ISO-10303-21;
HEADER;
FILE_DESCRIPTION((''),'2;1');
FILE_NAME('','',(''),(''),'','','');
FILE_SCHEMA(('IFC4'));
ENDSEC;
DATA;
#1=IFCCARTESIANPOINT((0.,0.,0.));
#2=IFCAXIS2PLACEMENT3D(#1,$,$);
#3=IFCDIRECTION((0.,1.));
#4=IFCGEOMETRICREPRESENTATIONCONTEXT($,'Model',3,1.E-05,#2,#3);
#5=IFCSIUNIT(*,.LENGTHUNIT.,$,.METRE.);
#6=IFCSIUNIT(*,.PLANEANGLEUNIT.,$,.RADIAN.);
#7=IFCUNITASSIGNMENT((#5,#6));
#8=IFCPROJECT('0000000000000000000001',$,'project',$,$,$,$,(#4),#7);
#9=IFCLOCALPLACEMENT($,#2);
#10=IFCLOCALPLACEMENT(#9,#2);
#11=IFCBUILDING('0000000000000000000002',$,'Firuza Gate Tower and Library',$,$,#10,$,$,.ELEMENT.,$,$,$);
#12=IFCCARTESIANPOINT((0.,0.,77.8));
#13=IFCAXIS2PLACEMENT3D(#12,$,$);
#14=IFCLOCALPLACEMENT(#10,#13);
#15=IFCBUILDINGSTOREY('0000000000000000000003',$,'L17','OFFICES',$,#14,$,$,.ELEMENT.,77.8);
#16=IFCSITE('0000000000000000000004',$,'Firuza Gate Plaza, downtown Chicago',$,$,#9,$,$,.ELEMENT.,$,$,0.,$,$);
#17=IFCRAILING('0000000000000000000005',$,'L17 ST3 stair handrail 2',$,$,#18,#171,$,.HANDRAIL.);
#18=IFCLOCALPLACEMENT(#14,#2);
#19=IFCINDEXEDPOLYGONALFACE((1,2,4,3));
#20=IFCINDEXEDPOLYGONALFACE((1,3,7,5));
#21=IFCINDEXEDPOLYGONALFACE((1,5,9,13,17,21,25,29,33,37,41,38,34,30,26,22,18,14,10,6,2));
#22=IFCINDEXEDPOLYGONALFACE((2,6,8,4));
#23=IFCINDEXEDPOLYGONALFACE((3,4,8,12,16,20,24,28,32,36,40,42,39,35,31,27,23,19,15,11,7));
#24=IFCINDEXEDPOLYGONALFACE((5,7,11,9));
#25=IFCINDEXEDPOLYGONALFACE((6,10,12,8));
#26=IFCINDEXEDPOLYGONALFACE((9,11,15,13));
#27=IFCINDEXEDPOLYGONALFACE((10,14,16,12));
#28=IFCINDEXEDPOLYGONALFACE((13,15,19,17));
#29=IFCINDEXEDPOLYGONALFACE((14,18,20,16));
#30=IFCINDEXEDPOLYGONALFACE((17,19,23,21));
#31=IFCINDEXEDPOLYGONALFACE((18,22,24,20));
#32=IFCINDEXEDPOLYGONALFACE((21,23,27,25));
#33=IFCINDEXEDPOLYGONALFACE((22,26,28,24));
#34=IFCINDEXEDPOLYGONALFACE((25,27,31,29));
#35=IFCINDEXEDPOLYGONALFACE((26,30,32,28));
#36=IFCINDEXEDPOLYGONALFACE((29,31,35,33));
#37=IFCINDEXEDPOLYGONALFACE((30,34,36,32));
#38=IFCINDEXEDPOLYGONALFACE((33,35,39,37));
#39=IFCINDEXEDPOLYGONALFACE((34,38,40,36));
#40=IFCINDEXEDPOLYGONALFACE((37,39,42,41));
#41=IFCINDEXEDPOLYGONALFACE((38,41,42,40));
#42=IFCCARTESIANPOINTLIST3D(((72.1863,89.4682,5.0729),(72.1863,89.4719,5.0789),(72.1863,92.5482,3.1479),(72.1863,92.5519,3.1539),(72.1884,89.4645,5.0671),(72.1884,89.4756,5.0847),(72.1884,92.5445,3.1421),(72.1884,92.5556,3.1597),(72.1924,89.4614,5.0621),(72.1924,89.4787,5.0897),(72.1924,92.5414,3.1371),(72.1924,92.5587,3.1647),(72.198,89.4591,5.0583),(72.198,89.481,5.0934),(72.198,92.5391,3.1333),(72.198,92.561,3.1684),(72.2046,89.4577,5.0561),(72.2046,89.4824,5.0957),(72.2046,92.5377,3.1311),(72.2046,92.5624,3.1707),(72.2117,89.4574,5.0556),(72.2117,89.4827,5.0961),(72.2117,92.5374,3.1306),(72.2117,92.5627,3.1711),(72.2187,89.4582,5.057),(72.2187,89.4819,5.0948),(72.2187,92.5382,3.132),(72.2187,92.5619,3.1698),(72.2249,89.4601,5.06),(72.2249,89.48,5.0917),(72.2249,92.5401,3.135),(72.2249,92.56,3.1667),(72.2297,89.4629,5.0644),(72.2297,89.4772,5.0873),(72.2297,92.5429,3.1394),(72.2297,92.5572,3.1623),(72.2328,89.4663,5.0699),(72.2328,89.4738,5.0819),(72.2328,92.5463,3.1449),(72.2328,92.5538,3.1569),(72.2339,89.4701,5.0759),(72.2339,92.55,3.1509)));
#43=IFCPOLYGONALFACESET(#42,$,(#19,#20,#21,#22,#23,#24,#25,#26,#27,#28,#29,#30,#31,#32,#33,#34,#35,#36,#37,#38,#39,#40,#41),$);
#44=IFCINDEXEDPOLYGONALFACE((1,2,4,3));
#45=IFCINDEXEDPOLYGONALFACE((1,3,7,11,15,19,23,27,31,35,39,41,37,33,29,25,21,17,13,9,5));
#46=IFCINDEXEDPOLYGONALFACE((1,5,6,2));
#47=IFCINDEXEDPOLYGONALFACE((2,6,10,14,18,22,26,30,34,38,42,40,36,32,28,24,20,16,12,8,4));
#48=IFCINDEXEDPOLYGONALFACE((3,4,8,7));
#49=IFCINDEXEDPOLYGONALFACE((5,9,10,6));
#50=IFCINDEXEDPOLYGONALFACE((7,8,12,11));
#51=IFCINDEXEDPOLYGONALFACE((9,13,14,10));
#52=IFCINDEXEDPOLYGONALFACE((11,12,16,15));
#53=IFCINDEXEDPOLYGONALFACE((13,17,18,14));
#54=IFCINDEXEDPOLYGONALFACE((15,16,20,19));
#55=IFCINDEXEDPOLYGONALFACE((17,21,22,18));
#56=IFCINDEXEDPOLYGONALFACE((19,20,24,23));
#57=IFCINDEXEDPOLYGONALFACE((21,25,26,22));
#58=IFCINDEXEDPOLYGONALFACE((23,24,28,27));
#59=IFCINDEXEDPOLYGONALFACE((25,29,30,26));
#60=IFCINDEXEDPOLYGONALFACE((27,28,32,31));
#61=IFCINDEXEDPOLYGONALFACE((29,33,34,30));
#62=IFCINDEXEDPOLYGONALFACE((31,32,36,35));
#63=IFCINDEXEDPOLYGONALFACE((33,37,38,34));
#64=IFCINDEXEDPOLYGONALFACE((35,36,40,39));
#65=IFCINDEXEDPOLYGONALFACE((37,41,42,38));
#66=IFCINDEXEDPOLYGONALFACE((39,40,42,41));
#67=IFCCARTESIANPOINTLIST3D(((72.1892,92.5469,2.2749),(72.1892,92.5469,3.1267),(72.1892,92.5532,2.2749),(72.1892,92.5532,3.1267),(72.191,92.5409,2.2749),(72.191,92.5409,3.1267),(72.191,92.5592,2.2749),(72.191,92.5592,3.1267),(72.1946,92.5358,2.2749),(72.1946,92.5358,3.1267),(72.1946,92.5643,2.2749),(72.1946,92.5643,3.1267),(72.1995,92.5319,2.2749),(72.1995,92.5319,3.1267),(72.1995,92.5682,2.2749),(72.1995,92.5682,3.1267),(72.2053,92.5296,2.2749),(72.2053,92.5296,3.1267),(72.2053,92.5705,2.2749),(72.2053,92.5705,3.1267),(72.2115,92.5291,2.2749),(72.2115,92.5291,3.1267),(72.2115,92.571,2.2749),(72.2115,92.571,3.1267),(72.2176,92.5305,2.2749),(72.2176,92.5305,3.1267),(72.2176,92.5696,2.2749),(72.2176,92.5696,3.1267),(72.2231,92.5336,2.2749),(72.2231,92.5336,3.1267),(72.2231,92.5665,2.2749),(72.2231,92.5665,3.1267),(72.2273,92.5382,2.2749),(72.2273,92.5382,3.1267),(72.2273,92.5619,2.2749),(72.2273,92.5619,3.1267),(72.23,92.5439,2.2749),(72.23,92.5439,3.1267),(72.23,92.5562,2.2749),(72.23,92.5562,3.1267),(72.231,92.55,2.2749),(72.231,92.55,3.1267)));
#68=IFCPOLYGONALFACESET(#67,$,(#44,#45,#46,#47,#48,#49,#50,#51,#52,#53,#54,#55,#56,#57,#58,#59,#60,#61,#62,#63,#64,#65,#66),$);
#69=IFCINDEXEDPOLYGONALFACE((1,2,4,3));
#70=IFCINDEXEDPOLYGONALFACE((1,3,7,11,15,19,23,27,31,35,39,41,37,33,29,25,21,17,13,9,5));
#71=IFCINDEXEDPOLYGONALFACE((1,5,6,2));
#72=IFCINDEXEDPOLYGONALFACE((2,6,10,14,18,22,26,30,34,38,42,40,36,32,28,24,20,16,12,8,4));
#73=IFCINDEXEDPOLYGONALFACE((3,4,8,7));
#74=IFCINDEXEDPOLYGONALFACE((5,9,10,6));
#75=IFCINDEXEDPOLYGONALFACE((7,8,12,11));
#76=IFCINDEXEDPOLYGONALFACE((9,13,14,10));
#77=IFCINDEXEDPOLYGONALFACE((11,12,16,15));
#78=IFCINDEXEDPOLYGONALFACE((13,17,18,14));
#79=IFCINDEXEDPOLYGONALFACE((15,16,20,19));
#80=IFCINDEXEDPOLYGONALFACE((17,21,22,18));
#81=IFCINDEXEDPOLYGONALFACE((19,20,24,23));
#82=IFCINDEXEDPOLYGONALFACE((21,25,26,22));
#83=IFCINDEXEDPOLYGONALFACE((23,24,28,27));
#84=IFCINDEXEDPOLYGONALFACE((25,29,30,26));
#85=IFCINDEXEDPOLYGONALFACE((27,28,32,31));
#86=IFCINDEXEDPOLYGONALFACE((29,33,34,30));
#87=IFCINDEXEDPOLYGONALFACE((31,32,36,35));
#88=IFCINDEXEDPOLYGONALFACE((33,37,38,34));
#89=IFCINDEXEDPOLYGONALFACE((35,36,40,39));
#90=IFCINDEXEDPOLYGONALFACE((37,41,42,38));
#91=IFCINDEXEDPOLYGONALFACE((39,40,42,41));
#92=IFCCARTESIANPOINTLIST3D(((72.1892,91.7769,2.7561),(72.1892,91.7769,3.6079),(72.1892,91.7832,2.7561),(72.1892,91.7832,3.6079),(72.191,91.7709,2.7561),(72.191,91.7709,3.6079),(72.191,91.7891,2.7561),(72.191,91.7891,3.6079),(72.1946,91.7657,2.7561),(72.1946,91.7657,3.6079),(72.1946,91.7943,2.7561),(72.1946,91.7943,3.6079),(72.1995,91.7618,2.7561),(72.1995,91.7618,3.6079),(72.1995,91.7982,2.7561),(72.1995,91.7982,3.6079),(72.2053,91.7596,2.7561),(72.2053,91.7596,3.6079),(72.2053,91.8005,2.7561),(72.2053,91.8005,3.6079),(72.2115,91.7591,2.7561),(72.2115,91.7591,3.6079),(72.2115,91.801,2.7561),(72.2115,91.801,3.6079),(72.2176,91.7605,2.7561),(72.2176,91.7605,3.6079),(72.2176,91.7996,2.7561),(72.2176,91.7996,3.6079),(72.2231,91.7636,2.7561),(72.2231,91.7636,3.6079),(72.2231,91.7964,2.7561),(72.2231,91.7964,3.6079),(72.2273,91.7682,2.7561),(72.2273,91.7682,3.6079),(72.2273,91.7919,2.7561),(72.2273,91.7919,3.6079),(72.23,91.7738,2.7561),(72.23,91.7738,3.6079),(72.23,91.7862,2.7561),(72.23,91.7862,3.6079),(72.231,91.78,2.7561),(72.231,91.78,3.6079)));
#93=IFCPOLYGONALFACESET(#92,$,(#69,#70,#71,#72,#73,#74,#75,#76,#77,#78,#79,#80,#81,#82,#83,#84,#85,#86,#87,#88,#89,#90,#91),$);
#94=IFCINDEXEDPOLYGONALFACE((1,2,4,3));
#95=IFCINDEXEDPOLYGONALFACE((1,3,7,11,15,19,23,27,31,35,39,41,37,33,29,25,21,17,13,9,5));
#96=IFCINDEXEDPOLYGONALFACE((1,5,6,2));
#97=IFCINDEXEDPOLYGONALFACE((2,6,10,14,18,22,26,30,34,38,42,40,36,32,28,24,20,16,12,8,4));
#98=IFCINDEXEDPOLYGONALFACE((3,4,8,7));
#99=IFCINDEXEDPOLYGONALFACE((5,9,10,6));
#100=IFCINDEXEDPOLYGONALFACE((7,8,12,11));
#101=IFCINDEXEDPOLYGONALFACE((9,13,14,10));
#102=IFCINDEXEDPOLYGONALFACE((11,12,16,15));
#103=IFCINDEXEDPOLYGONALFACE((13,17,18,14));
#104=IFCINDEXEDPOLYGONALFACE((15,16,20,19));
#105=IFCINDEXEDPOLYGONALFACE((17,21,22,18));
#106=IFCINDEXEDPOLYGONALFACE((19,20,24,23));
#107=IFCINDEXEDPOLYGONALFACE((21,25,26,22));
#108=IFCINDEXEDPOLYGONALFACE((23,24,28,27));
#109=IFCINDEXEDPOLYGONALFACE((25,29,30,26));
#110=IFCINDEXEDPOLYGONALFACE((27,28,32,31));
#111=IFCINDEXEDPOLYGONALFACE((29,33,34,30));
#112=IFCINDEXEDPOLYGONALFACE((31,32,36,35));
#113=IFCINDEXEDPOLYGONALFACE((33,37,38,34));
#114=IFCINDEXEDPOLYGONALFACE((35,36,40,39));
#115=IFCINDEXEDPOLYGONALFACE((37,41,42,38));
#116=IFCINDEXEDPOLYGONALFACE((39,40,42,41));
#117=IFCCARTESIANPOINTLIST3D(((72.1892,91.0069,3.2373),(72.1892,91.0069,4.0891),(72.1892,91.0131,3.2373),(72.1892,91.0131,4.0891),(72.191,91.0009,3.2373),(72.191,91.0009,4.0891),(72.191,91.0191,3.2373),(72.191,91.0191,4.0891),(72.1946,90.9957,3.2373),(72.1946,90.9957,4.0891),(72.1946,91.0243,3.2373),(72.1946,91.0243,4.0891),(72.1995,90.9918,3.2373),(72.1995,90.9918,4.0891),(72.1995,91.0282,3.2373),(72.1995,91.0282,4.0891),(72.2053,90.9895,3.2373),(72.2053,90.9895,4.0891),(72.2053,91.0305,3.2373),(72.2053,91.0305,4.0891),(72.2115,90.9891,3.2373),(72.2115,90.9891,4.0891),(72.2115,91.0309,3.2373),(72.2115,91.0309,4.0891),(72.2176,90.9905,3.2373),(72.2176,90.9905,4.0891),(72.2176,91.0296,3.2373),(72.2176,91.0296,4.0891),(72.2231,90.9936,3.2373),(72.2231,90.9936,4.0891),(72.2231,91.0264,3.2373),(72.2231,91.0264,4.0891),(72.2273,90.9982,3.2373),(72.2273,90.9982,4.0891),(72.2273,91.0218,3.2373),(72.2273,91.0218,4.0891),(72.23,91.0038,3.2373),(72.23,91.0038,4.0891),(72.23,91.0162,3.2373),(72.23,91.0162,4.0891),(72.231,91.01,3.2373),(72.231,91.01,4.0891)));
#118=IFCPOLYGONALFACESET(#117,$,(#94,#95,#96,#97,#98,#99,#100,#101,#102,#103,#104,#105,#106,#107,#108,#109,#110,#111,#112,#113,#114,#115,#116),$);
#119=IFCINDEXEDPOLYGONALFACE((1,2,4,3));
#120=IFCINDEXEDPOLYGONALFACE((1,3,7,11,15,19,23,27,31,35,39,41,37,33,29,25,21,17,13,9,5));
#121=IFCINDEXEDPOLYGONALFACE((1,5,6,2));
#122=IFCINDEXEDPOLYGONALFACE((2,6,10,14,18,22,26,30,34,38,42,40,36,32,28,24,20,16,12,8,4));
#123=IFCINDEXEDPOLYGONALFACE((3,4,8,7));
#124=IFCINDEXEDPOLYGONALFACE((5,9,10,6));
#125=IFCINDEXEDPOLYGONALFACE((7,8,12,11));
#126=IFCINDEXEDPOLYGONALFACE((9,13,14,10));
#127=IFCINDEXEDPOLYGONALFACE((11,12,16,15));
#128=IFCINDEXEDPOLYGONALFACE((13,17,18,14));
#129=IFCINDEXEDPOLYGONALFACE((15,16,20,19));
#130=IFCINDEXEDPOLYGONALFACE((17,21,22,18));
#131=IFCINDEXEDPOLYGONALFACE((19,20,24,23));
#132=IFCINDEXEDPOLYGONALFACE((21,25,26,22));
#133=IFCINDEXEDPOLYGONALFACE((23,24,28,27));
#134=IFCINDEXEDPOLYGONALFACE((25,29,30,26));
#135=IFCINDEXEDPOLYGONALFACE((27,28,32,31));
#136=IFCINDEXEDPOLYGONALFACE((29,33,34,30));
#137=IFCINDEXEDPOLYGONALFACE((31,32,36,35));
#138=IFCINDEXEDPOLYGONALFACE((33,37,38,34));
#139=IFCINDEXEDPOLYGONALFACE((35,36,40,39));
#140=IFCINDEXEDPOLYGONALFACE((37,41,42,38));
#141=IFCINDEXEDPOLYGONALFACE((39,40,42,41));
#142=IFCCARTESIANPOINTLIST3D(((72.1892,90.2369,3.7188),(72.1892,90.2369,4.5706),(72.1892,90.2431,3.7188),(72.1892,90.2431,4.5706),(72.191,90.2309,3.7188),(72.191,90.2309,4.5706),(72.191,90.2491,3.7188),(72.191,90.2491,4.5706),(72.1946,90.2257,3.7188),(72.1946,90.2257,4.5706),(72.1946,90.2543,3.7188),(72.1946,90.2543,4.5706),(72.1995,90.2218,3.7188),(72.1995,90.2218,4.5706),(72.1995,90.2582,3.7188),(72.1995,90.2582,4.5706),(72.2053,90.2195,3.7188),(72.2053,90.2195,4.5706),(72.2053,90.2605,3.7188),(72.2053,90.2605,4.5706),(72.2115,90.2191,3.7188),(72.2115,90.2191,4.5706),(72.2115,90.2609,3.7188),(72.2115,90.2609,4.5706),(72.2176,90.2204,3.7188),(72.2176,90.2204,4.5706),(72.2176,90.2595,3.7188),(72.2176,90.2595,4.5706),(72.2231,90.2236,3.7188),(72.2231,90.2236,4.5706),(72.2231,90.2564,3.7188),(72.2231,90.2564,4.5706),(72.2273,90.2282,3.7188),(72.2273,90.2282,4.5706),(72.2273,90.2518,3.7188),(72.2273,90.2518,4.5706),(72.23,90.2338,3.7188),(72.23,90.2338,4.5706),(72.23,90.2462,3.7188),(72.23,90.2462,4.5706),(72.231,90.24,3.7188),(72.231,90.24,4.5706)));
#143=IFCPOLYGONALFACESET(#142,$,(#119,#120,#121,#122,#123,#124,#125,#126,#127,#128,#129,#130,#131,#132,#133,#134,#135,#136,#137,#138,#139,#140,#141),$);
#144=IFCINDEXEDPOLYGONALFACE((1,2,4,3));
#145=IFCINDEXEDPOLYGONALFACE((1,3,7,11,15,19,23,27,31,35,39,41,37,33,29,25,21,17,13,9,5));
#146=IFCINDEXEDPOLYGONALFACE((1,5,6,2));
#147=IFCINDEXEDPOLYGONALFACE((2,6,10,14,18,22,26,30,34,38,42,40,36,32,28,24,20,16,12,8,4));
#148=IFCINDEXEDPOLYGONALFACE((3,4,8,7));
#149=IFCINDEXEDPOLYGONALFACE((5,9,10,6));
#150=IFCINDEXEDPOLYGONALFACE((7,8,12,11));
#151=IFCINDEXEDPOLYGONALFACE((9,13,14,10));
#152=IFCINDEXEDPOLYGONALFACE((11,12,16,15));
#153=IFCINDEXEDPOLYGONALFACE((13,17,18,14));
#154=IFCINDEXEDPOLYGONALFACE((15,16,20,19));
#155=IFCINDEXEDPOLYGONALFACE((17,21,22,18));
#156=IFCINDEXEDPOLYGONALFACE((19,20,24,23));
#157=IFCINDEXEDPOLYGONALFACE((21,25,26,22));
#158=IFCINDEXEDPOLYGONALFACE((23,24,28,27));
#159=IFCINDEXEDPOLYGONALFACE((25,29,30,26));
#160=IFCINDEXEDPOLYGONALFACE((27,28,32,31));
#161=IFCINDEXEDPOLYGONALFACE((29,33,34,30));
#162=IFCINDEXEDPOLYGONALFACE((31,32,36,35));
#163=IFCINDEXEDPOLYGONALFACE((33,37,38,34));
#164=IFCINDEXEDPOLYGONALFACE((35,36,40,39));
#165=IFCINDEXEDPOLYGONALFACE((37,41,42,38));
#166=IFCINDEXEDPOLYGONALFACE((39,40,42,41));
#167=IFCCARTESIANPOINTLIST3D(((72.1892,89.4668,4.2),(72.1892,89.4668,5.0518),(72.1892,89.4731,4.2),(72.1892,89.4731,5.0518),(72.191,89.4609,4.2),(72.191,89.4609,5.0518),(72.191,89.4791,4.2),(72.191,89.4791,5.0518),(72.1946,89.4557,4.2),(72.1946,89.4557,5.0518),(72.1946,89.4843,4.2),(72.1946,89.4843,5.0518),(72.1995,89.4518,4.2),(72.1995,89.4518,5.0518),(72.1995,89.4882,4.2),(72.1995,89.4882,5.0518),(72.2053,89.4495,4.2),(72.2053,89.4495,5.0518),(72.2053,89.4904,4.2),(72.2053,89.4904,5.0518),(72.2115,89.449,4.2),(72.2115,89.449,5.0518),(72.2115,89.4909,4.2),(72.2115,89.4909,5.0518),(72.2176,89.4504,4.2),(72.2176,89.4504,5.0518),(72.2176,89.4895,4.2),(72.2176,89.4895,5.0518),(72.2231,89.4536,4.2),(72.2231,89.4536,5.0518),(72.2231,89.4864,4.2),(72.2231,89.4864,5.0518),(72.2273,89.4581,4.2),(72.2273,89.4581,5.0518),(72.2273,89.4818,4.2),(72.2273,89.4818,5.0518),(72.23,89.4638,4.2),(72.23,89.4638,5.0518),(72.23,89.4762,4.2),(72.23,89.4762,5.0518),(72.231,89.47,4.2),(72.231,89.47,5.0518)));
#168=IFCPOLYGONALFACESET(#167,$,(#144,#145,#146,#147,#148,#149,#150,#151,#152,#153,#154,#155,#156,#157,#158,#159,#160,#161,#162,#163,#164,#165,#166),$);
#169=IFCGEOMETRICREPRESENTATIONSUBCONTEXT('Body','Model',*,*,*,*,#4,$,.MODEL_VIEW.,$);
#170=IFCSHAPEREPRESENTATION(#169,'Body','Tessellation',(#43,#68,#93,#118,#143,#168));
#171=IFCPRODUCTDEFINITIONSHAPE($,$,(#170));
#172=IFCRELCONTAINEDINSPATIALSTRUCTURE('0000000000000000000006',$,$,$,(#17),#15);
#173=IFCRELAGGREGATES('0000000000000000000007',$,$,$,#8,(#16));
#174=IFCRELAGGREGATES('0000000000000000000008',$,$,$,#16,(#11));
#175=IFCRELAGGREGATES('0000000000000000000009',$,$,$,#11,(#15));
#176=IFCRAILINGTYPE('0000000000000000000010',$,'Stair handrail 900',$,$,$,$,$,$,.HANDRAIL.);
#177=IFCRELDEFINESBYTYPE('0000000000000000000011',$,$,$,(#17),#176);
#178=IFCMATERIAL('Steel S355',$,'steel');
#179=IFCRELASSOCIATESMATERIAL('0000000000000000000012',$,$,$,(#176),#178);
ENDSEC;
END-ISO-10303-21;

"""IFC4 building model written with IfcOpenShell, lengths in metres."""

from ifc_helpers import new_model, si_unit, direction, frame, origin, origin_2d, place, context, subcontext, project, spatial, circle, extrude, material, type_object, element, save


model = new_model("IFC4")

# Units and contexts
model_context = context("Model", 3, precision=1e-05, world=origin(), true_north=direction((0.0, 1.0)))
body_context = subcontext(model_context, "Body", "Model", "MODEL_VIEW")
ifc_project = project(units=[si_unit("LENGTHUNIT", "METRE"), si_unit("PLANEANGLEUNIT", "RADIAN")], contexts=[model_context])

# Site, building, storey
site_placement = place(None, origin())
site = spatial("IfcSite", under=ifc_project, at=site_placement, Name="Firuza Gate Plaza, downtown Chicago", CompositionType="ELEMENT", RefElevation=0.0)
building_placement = place(site_placement, origin())
building = spatial("IfcBuilding", under=site, at=building_placement, Name="Firuza Gate Tower and Library", CompositionType="ELEMENT")
storey_placement = place(building_placement, frame((0.0, 0.0, 77.8)))
storey = spatial("IfcBuildingStorey", under=building, at=storey_placement, Name="L17", Description="OFFICES", CompositionType="ELEMENT", Elevation=77.8)

# Railing
ifc_material_1 = material(Name="Steel S355", Category="steel")
railing_type_1 = type_object("IfcRailingType", Name="Stair handrail 900", PredefinedType="HANDRAIL", material=ifc_material_1)
railing_1_placement = place(storey_placement, frame((72.21, 92.55, 2.2749)))
element("IfcRailing", 1, at=railing_1_placement, inside=storey, type_object=railing_type_1, Name="L17 ST3 stair handrail 2", PredefinedType="HANDRAIL", context=body_context, shape_type="SweptSolid", body=[
    extrude(circle(Radius=0.0239, at=origin_2d()), frame((0.0, 0.0, 0.876), z_axis=(0.0, -0.847998, 0.529999), x_axis=(1.0, 0.0, 0.0)), (0.0, 0.0, 1.0), 3.6321),
    extrude(circle(Radius=0.021, at=origin_2d()), origin(), (0.0, 0.0, 1.0), 0.8518),
    extrude(circle(Radius=0.021, at=origin_2d()), frame((0.0, -0.77, 0.4812)), (0.0, 0.0, 1.0), 0.8518),
    extrude(circle(Radius=0.021, at=origin_2d()), frame((0.0, -1.54, 0.9624)), (0.0, 0.0, 1.0), 0.8518),
    extrude(circle(Radius=0.021, at=origin_2d()), frame((0.0, -2.3101, 1.4438)), (0.0, 0.0, 1.0), 0.8518),
    extrude(circle(Radius=0.021, at=origin_2d()), frame((0.0, -3.0801, 1.925)), (0.0, 0.0, 1.0), 0.8518),
])

save(model, "model.ifc")
